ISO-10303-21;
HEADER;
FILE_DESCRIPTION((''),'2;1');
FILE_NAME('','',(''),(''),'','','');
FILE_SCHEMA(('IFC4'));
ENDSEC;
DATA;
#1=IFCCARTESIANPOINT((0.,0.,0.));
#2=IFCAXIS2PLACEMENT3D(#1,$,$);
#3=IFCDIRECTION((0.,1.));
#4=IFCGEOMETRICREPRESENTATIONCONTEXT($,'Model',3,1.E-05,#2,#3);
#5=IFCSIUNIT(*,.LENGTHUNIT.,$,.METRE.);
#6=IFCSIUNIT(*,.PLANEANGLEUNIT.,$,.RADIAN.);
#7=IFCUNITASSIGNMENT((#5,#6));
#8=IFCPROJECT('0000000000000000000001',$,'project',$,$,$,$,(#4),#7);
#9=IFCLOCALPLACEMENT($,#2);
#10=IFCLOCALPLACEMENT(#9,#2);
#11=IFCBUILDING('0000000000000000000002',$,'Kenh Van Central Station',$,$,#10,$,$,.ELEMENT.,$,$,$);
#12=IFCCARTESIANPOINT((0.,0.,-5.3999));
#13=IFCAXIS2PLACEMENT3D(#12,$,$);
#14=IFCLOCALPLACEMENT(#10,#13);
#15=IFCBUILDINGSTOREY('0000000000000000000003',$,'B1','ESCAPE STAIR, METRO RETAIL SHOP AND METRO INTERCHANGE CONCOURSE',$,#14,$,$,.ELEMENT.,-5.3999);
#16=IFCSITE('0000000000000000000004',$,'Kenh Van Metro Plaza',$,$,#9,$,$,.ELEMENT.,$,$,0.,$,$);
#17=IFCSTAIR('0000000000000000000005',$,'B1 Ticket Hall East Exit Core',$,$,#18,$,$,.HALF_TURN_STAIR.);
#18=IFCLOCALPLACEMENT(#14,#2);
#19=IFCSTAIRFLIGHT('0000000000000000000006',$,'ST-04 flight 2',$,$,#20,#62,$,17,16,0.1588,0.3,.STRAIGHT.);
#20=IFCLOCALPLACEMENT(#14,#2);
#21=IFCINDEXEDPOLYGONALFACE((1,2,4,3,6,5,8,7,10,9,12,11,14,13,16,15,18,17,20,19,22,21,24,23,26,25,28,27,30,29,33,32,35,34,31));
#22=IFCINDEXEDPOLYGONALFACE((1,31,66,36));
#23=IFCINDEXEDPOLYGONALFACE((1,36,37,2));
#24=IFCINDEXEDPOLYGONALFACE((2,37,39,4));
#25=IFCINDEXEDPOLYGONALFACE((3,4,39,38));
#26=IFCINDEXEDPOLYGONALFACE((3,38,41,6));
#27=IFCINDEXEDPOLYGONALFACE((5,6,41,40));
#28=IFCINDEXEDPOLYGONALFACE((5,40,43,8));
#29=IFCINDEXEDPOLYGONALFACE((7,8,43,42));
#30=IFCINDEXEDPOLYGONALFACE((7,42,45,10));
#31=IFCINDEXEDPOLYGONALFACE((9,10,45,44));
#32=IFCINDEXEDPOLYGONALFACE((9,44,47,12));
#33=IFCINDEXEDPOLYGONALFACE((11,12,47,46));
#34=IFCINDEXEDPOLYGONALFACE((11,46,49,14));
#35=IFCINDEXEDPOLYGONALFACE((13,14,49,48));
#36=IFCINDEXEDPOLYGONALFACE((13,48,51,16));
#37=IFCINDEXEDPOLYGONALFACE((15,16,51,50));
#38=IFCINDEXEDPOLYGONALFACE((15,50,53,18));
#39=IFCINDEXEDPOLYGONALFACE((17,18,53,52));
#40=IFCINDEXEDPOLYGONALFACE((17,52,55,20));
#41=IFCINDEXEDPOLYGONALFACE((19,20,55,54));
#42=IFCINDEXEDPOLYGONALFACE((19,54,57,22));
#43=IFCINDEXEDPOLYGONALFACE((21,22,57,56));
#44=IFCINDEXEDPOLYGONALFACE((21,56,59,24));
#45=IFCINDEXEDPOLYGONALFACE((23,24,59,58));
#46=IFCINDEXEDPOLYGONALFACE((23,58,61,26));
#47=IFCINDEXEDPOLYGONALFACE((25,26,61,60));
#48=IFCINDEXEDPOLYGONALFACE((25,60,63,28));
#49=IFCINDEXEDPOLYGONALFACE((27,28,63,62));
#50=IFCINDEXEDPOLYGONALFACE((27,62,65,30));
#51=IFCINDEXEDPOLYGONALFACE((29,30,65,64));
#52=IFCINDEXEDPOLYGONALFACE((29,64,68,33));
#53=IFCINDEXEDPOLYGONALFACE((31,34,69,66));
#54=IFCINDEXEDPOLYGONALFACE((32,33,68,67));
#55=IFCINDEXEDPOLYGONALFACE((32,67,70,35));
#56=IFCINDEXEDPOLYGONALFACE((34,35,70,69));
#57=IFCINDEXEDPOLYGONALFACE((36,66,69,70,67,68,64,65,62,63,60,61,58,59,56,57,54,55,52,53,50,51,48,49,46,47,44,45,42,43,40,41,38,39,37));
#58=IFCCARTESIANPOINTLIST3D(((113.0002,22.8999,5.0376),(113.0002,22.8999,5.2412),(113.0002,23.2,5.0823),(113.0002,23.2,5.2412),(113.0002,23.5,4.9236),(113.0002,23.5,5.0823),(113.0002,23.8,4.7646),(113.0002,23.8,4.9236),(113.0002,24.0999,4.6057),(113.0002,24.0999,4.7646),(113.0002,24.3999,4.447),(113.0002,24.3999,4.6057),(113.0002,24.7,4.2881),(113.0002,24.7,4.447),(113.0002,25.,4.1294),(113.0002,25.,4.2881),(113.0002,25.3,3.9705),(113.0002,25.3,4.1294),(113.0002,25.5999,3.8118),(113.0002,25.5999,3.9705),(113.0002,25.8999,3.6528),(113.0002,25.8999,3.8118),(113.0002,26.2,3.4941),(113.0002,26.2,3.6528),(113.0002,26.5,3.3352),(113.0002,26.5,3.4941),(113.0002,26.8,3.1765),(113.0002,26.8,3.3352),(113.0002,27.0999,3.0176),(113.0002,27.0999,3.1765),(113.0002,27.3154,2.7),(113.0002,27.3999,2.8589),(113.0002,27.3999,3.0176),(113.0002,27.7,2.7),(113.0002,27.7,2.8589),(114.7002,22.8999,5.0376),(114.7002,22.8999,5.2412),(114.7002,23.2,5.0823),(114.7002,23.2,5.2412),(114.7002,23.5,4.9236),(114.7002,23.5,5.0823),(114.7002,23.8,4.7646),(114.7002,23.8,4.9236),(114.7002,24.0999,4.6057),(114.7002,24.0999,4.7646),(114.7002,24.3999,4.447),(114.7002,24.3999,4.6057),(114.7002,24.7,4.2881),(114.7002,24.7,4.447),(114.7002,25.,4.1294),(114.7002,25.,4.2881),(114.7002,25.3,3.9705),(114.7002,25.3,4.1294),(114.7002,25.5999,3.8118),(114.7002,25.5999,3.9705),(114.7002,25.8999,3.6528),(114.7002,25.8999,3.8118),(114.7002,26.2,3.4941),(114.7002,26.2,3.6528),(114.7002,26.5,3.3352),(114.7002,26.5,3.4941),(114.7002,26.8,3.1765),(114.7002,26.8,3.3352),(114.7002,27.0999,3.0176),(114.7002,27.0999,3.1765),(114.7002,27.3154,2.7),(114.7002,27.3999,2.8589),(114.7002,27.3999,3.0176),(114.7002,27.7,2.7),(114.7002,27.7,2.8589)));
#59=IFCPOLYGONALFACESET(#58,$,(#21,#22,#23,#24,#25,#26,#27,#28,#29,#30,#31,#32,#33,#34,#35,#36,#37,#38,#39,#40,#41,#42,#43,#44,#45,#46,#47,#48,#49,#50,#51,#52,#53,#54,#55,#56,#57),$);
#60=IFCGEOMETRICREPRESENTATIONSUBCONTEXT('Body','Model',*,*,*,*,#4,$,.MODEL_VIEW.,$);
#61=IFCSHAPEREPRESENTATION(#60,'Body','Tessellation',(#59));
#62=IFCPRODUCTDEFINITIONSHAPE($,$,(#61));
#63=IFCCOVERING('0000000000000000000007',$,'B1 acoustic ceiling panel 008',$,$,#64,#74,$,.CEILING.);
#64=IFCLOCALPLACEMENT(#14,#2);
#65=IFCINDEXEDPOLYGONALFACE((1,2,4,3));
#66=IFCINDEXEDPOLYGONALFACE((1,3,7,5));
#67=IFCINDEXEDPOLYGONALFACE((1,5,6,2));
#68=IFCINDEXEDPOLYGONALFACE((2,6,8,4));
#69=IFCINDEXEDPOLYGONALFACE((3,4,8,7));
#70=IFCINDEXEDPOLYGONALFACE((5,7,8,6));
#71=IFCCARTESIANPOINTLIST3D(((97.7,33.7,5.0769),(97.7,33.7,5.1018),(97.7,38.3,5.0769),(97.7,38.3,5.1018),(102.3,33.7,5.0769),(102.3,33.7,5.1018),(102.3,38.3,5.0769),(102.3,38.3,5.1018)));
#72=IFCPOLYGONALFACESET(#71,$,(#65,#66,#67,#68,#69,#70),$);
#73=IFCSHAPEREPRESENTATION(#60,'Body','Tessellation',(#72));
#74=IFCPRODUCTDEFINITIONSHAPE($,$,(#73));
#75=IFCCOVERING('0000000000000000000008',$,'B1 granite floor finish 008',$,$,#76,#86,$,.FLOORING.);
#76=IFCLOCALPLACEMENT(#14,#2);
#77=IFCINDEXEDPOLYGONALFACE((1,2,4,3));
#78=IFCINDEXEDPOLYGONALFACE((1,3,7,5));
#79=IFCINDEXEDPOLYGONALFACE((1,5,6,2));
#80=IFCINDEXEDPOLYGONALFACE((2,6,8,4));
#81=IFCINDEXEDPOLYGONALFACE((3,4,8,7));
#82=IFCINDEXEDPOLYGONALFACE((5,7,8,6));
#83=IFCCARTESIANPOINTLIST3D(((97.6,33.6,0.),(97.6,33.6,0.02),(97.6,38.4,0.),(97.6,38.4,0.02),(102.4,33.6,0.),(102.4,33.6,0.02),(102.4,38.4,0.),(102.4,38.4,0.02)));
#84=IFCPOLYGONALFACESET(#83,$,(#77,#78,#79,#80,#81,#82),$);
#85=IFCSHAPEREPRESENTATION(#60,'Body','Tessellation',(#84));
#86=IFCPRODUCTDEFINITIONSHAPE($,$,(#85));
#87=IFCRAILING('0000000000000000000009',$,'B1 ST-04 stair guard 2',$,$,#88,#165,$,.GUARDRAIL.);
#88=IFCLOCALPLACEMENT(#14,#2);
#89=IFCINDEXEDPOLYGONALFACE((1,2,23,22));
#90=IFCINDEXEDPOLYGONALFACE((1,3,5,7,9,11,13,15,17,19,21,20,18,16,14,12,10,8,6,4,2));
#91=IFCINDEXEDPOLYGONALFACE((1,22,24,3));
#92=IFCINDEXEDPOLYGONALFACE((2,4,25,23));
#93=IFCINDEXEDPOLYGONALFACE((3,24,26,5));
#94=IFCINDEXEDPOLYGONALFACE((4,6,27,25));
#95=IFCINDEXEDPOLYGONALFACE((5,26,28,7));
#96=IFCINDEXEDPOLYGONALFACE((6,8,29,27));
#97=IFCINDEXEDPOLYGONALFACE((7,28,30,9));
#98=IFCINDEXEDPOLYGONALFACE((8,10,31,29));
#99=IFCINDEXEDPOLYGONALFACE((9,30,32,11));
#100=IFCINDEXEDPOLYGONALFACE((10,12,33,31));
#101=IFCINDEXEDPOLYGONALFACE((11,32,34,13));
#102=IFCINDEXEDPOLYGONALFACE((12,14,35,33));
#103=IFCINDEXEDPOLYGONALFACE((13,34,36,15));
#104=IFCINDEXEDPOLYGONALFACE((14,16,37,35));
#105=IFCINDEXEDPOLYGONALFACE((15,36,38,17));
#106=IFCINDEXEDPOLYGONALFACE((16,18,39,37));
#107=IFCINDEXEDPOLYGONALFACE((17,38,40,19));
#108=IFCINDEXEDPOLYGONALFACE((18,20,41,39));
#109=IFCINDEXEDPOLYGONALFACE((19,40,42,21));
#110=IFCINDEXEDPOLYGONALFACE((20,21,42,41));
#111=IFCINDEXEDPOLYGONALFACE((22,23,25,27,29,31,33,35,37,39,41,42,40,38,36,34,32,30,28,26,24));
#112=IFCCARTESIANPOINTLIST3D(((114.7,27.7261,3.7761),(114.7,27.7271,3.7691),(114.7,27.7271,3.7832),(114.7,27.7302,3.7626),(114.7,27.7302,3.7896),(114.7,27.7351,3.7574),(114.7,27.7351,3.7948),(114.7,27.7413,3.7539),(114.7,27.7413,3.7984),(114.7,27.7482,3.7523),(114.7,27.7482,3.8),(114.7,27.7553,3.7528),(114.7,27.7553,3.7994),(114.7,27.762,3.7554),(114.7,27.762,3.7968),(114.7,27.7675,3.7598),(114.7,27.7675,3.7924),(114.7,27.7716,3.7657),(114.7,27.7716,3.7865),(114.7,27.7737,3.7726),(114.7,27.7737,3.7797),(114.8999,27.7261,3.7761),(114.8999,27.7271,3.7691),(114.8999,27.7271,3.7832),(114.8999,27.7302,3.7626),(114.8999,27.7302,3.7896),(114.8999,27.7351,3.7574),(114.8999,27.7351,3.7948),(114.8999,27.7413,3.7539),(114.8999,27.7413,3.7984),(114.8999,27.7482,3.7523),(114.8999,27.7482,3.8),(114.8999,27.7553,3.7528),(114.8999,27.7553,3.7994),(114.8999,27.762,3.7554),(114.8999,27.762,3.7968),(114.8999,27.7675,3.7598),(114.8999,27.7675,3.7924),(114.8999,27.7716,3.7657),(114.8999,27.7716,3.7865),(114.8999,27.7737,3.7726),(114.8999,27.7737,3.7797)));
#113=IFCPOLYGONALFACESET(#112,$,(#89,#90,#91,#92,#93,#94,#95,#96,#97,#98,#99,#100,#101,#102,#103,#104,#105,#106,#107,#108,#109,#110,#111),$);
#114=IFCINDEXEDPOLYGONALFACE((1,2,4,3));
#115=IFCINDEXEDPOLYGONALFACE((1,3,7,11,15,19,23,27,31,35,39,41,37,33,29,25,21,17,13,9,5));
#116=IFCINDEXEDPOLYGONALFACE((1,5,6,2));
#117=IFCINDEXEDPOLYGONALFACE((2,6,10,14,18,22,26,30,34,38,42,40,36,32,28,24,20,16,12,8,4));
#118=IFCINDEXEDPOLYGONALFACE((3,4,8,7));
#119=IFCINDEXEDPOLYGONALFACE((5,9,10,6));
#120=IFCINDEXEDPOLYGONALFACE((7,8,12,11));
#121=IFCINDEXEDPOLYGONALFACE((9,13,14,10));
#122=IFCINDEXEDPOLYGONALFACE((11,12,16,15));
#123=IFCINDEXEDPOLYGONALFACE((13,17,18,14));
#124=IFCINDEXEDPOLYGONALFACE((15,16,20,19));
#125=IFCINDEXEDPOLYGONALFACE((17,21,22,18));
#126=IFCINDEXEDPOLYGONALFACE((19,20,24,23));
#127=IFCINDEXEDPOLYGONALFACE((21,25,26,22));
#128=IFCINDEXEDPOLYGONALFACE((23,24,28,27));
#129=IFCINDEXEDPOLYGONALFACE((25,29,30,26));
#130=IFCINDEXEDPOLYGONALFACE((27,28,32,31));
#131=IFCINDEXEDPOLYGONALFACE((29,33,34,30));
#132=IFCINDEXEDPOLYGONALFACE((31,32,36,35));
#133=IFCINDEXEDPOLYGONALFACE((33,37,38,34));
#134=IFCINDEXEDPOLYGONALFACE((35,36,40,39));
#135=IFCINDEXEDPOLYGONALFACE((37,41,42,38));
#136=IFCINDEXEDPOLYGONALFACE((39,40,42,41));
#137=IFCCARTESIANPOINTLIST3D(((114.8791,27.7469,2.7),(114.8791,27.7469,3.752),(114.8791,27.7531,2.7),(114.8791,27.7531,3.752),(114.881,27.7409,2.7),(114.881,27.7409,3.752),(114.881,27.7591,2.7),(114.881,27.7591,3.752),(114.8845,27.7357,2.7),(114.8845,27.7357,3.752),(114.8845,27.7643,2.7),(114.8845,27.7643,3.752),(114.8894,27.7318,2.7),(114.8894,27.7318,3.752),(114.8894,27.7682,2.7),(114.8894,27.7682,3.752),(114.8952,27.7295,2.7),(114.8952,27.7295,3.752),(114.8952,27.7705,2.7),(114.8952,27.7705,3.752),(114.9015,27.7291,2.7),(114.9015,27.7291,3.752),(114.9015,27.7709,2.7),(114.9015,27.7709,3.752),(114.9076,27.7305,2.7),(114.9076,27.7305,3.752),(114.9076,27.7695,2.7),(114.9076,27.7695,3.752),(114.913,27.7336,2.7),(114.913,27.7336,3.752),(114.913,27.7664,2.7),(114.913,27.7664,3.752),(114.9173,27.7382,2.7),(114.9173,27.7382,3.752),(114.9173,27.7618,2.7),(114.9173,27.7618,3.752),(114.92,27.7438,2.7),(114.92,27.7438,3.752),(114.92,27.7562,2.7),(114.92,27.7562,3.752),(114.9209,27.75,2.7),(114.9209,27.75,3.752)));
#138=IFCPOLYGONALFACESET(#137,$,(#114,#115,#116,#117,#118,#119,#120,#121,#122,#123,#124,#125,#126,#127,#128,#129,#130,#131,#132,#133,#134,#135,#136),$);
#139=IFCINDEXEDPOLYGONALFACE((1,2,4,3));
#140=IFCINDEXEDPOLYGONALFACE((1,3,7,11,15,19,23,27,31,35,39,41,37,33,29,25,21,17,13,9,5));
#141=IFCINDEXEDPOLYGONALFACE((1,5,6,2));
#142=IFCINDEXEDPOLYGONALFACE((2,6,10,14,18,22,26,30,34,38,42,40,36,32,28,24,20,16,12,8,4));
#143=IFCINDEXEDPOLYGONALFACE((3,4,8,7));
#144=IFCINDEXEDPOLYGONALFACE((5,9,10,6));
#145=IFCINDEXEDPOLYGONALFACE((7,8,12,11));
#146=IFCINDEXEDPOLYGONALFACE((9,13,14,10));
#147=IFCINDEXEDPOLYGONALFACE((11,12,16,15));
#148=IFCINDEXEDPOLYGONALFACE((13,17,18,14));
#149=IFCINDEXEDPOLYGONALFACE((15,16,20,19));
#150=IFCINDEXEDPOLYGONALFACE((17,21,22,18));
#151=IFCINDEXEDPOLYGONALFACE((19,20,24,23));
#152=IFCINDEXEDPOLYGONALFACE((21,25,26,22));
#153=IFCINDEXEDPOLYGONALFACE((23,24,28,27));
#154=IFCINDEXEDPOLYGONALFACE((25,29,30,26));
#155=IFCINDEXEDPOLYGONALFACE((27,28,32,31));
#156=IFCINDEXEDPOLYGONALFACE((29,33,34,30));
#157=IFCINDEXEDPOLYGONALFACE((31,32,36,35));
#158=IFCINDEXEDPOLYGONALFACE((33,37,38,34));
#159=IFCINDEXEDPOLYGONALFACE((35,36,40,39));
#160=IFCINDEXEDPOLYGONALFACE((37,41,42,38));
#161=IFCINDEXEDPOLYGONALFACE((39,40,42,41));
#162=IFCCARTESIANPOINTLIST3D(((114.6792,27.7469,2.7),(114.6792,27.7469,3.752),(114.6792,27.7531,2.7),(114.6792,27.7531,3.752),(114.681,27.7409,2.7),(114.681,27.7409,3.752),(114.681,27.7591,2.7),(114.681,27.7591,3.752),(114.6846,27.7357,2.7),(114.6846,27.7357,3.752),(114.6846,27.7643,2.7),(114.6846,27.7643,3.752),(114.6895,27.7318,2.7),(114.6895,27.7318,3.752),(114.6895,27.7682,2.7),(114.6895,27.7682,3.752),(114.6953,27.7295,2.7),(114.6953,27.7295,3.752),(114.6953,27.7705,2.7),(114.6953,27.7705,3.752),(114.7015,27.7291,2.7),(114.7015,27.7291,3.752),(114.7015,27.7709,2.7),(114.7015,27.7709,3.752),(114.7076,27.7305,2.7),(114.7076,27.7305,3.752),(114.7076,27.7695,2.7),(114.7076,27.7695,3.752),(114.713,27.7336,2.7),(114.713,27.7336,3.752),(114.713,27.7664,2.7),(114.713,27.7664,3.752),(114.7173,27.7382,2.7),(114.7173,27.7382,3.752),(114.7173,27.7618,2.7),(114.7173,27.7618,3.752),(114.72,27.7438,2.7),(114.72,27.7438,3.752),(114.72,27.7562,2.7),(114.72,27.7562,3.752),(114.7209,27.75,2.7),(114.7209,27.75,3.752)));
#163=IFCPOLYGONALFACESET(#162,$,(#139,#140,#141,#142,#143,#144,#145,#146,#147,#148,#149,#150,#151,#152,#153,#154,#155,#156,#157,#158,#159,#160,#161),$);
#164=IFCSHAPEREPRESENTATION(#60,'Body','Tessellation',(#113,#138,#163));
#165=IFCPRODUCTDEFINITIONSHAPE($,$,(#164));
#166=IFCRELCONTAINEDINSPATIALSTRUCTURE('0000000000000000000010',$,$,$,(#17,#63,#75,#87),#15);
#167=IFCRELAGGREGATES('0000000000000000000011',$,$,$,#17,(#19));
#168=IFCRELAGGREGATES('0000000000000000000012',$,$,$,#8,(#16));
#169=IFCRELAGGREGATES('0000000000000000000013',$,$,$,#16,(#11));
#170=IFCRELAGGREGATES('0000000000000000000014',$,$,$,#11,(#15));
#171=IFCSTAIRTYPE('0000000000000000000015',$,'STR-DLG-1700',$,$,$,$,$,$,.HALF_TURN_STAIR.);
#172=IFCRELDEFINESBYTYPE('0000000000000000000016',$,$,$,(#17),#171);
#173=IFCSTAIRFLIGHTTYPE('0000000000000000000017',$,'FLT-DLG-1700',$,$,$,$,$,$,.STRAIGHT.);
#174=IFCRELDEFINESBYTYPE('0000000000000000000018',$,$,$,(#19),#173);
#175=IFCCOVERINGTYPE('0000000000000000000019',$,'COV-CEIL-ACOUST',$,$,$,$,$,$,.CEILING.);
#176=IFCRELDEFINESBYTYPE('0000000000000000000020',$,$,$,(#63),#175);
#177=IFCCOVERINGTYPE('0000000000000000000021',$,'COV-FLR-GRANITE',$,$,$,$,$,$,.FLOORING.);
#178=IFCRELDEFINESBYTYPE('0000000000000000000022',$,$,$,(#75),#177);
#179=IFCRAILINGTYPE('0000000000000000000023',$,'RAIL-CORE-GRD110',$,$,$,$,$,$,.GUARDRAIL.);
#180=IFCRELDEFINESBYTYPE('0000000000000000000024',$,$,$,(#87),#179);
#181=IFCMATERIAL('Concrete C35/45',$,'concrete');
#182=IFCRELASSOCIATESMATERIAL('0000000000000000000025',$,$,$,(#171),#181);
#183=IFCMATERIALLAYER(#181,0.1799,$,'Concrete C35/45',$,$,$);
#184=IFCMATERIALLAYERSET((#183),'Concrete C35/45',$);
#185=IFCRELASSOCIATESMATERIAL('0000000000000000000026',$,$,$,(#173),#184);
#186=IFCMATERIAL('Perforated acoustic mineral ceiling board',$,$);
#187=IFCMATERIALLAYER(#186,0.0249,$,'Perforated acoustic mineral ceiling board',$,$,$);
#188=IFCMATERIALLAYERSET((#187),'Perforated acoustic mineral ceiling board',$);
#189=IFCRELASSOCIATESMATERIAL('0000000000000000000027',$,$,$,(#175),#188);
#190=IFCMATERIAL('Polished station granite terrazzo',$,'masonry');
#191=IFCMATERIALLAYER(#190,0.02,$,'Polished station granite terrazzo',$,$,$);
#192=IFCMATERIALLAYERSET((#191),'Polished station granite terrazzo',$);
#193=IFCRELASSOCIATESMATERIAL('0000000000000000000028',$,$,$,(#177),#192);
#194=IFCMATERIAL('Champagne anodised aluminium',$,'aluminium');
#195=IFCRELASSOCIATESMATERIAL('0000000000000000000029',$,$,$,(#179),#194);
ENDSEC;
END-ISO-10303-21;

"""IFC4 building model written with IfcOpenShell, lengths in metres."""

from ifc_helpers import new_model, si_unit, direction, frame, origin, origin_2d, place, context, subcontext, project, spatial, polyline, rectangle, circle, outline, extrude, material, layer, layer_set, type_object, element, aggregate, save


model = new_model("IFC4")

# Units and contexts
model_context = context("Model", 3, precision=1e-05, world=origin(), true_north=direction((0.0, 1.0)))
body_context = subcontext(model_context, "Body", "Model", "MODEL_VIEW")
ifc_project = project(units=[si_unit("LENGTHUNIT", "METRE"), si_unit("PLANEANGLEUNIT", "RADIAN")], contexts=[model_context])

# Site, building, storey
site_placement = place(None, origin())
site = spatial("IfcSite", under=ifc_project, at=site_placement, Name="Kenh Van Metro Plaza", CompositionType="ELEMENT", RefElevation=0.0)
building_placement = place(site_placement, origin())
building = spatial("IfcBuilding", under=site, at=building_placement, Name="Kenh Van Central Station", CompositionType="ELEMENT")
storey_placement = place(building_placement, frame((0.0, 0.0, -5.3999)))
storey = spatial("IfcBuildingStorey", under=building, at=storey_placement, Name="B1", Description="ESCAPE STAIR, METRO RETAIL SHOP AND METRO INTERCHANGE CONCOURSE", CompositionType="ELEMENT", Elevation=-5.3999)

# Shared definitions
ifc_material_1 = material(Name="Concrete C35/45", Category="concrete")

# Stair, stair flight
stair_type = type_object("IfcStairType", Name="STR-DLG-1700", PredefinedType="HALF_TURN_STAIR", material=ifc_material_1)
stair_placement = place(storey_placement, origin())
stair = element("IfcStair", 1, at=stair_placement, inside=storey, type_object=stair_type, Name="B1 Ticket Hall East Exit Core", PredefinedType="HALF_TURN_STAIR")
ifc_layer_1 = layer(ifc_material_1, 0.1799, Name="Concrete C35/45")
ifc_layer_set_1 = layer_set([ifc_layer_1], Name="Concrete C35/45")
stair_flight_type = type_object("IfcStairFlightType", Name="FLT-DLG-1700", PredefinedType="STRAIGHT", material=ifc_layer_set_1)
stair_flight_placement = place(storey_placement, frame((113.8501, 27.7, 2.7), z_axis=(0.0, 0.0, 1.0), x_axis=(0.0, -1.0, 0.0)))
stair_flight = element("IfcStairFlight", 2, at=stair_flight_placement, type_object=stair_flight_type, Name="ST-04 flight 2", NumberOfRisers=17, NumberOfTreads=16, PredefinedType="STRAIGHT", RiserHeight=0.1588, TreadLength=0.3, context=body_context, shape_type="SweptSolid", body=[
    extrude(outline(polyline([(0.0, 0.0), (0.0, 0.1589), (0.3, 0.1589), (0.3, 0.3176), (0.6001, 0.3176), (0.6001, 0.4766), (0.8999, 0.4766), (0.8999, 0.6353), (1.2, 0.6353), (1.2, 0.7942), (1.5, 0.7942), (1.5, 0.9529), (1.8, 0.9529), (1.8, 1.1118), (2.1001, 1.1118), (2.1001, 1.2705), (2.3999, 1.2705), (2.3999, 1.4294), (2.7, 1.4294), (2.7, 1.5881), (3.0, 1.5881), (3.0, 1.7471), (3.3, 1.7471), (3.3, 1.9058), (3.6001, 1.9058), (3.6001, 2.0647), (3.8999, 2.0647), (3.8999, 2.2236), (4.2, 2.2236), (4.2, 2.3823), (4.5, 2.3823), (4.5, 2.5413), (4.8, 2.5413), (4.8, 2.7), (4.8, 2.3376), (0.3845, 0.0), (0.0, 0.0)])), frame((0.0, 0.8501, 0.0), z_axis=(0.0, -1.0, 0.0), x_axis=(1.0, 0.0, 0.0)), (0.0, 0.0, 1.0), 1.7),
])
aggregate(stair, [stair_flight])

# Coverings
ifc_material_2 = material(Name="Perforated acoustic mineral ceiling board")
ifc_layer_2 = layer(ifc_material_2, 0.0249, Name="Perforated acoustic mineral ceiling board")
ifc_layer_set_2 = layer_set([ifc_layer_2], Name="Perforated acoustic mineral ceiling board")
covering_type_1 = type_object("IfcCoveringType", Name="COV-CEIL-ACOUST", PredefinedType="CEILING", material=ifc_layer_set_2)
covering_1_placement = place(storey_placement, frame((100.0, 36.0, 5.0769), z_axis=(0.0, 0.0, 1.0), x_axis=(1.0, 0.0, 0.0)))
element("IfcCovering", 3, at=covering_1_placement, inside=storey, type_object=covering_type_1, Name="B1 acoustic ceiling panel 008", PredefinedType="CEILING", context=body_context, shape_type="SweptSolid", body=[
    extrude(rectangle(XDim=4.6001, YDim=4.6001, at=origin_2d()), origin(), (0.0, 0.0, 1.0), 0.0249),
])
ifc_material_3 = material(Name="Polished station granite terrazzo", Category="masonry")
ifc_layer_3 = layer(ifc_material_3, 0.02, Name="Polished station granite terrazzo")
ifc_layer_set_3 = layer_set([ifc_layer_3], Name="Polished station granite terrazzo")
covering_type_2 = type_object("IfcCoveringType", Name="COV-FLR-GRANITE", PredefinedType="FLOORING", material=ifc_layer_set_3)
covering_2_placement = place(storey_placement, frame((100.0, 36.0, 0.0), z_axis=(0.0, 0.0, 1.0), x_axis=(1.0, 0.0, 0.0)))
element("IfcCovering", 4, at=covering_2_placement, inside=storey, type_object=covering_type_2, Name="B1 granite floor finish 008", PredefinedType="FLOORING", context=body_context, shape_type="SweptSolid", body=[
    extrude(rectangle(XDim=4.8, YDim=4.8, at=origin_2d()), origin(), (0.0, 0.0, 1.0), 0.02),
])

# Railing
ifc_material_4 = material(Name="Champagne anodised aluminium", Category="aluminium")
railing_type_1 = type_object("IfcRailingType", Name="RAIL-CORE-GRD110", PredefinedType="GUARDRAIL", material=ifc_material_4)
railing_1_placement = place(storey_placement, frame((114.8999, 27.75, 2.7)))
element("IfcRailing", 5, at=railing_1_placement, inside=storey, type_object=railing_type_1, Name="B1 ST-04 stair guard 2", PredefinedType="GUARDRAIL", context=body_context, shape_type="SweptSolid", body=[
    extrude(circle(Radius=0.0239, at=origin_2d()), frame((0.0, 0.0, 1.0762), z_axis=(-1.0, 0.0, 0.0), x_axis=(0.0, -1.0, 0.0)), (0.0, 0.0, 1.0), 0.2),
    extrude(circle(Radius=0.021, at=origin_2d()), origin(), (0.0, 0.0, 1.0), 1.052),
    extrude(circle(Radius=0.021, at=origin_2d()), frame((-0.2, 0.0, 0.0)), (0.0, 0.0, 1.0), 1.052),
])

save(model, "model.ifc")
